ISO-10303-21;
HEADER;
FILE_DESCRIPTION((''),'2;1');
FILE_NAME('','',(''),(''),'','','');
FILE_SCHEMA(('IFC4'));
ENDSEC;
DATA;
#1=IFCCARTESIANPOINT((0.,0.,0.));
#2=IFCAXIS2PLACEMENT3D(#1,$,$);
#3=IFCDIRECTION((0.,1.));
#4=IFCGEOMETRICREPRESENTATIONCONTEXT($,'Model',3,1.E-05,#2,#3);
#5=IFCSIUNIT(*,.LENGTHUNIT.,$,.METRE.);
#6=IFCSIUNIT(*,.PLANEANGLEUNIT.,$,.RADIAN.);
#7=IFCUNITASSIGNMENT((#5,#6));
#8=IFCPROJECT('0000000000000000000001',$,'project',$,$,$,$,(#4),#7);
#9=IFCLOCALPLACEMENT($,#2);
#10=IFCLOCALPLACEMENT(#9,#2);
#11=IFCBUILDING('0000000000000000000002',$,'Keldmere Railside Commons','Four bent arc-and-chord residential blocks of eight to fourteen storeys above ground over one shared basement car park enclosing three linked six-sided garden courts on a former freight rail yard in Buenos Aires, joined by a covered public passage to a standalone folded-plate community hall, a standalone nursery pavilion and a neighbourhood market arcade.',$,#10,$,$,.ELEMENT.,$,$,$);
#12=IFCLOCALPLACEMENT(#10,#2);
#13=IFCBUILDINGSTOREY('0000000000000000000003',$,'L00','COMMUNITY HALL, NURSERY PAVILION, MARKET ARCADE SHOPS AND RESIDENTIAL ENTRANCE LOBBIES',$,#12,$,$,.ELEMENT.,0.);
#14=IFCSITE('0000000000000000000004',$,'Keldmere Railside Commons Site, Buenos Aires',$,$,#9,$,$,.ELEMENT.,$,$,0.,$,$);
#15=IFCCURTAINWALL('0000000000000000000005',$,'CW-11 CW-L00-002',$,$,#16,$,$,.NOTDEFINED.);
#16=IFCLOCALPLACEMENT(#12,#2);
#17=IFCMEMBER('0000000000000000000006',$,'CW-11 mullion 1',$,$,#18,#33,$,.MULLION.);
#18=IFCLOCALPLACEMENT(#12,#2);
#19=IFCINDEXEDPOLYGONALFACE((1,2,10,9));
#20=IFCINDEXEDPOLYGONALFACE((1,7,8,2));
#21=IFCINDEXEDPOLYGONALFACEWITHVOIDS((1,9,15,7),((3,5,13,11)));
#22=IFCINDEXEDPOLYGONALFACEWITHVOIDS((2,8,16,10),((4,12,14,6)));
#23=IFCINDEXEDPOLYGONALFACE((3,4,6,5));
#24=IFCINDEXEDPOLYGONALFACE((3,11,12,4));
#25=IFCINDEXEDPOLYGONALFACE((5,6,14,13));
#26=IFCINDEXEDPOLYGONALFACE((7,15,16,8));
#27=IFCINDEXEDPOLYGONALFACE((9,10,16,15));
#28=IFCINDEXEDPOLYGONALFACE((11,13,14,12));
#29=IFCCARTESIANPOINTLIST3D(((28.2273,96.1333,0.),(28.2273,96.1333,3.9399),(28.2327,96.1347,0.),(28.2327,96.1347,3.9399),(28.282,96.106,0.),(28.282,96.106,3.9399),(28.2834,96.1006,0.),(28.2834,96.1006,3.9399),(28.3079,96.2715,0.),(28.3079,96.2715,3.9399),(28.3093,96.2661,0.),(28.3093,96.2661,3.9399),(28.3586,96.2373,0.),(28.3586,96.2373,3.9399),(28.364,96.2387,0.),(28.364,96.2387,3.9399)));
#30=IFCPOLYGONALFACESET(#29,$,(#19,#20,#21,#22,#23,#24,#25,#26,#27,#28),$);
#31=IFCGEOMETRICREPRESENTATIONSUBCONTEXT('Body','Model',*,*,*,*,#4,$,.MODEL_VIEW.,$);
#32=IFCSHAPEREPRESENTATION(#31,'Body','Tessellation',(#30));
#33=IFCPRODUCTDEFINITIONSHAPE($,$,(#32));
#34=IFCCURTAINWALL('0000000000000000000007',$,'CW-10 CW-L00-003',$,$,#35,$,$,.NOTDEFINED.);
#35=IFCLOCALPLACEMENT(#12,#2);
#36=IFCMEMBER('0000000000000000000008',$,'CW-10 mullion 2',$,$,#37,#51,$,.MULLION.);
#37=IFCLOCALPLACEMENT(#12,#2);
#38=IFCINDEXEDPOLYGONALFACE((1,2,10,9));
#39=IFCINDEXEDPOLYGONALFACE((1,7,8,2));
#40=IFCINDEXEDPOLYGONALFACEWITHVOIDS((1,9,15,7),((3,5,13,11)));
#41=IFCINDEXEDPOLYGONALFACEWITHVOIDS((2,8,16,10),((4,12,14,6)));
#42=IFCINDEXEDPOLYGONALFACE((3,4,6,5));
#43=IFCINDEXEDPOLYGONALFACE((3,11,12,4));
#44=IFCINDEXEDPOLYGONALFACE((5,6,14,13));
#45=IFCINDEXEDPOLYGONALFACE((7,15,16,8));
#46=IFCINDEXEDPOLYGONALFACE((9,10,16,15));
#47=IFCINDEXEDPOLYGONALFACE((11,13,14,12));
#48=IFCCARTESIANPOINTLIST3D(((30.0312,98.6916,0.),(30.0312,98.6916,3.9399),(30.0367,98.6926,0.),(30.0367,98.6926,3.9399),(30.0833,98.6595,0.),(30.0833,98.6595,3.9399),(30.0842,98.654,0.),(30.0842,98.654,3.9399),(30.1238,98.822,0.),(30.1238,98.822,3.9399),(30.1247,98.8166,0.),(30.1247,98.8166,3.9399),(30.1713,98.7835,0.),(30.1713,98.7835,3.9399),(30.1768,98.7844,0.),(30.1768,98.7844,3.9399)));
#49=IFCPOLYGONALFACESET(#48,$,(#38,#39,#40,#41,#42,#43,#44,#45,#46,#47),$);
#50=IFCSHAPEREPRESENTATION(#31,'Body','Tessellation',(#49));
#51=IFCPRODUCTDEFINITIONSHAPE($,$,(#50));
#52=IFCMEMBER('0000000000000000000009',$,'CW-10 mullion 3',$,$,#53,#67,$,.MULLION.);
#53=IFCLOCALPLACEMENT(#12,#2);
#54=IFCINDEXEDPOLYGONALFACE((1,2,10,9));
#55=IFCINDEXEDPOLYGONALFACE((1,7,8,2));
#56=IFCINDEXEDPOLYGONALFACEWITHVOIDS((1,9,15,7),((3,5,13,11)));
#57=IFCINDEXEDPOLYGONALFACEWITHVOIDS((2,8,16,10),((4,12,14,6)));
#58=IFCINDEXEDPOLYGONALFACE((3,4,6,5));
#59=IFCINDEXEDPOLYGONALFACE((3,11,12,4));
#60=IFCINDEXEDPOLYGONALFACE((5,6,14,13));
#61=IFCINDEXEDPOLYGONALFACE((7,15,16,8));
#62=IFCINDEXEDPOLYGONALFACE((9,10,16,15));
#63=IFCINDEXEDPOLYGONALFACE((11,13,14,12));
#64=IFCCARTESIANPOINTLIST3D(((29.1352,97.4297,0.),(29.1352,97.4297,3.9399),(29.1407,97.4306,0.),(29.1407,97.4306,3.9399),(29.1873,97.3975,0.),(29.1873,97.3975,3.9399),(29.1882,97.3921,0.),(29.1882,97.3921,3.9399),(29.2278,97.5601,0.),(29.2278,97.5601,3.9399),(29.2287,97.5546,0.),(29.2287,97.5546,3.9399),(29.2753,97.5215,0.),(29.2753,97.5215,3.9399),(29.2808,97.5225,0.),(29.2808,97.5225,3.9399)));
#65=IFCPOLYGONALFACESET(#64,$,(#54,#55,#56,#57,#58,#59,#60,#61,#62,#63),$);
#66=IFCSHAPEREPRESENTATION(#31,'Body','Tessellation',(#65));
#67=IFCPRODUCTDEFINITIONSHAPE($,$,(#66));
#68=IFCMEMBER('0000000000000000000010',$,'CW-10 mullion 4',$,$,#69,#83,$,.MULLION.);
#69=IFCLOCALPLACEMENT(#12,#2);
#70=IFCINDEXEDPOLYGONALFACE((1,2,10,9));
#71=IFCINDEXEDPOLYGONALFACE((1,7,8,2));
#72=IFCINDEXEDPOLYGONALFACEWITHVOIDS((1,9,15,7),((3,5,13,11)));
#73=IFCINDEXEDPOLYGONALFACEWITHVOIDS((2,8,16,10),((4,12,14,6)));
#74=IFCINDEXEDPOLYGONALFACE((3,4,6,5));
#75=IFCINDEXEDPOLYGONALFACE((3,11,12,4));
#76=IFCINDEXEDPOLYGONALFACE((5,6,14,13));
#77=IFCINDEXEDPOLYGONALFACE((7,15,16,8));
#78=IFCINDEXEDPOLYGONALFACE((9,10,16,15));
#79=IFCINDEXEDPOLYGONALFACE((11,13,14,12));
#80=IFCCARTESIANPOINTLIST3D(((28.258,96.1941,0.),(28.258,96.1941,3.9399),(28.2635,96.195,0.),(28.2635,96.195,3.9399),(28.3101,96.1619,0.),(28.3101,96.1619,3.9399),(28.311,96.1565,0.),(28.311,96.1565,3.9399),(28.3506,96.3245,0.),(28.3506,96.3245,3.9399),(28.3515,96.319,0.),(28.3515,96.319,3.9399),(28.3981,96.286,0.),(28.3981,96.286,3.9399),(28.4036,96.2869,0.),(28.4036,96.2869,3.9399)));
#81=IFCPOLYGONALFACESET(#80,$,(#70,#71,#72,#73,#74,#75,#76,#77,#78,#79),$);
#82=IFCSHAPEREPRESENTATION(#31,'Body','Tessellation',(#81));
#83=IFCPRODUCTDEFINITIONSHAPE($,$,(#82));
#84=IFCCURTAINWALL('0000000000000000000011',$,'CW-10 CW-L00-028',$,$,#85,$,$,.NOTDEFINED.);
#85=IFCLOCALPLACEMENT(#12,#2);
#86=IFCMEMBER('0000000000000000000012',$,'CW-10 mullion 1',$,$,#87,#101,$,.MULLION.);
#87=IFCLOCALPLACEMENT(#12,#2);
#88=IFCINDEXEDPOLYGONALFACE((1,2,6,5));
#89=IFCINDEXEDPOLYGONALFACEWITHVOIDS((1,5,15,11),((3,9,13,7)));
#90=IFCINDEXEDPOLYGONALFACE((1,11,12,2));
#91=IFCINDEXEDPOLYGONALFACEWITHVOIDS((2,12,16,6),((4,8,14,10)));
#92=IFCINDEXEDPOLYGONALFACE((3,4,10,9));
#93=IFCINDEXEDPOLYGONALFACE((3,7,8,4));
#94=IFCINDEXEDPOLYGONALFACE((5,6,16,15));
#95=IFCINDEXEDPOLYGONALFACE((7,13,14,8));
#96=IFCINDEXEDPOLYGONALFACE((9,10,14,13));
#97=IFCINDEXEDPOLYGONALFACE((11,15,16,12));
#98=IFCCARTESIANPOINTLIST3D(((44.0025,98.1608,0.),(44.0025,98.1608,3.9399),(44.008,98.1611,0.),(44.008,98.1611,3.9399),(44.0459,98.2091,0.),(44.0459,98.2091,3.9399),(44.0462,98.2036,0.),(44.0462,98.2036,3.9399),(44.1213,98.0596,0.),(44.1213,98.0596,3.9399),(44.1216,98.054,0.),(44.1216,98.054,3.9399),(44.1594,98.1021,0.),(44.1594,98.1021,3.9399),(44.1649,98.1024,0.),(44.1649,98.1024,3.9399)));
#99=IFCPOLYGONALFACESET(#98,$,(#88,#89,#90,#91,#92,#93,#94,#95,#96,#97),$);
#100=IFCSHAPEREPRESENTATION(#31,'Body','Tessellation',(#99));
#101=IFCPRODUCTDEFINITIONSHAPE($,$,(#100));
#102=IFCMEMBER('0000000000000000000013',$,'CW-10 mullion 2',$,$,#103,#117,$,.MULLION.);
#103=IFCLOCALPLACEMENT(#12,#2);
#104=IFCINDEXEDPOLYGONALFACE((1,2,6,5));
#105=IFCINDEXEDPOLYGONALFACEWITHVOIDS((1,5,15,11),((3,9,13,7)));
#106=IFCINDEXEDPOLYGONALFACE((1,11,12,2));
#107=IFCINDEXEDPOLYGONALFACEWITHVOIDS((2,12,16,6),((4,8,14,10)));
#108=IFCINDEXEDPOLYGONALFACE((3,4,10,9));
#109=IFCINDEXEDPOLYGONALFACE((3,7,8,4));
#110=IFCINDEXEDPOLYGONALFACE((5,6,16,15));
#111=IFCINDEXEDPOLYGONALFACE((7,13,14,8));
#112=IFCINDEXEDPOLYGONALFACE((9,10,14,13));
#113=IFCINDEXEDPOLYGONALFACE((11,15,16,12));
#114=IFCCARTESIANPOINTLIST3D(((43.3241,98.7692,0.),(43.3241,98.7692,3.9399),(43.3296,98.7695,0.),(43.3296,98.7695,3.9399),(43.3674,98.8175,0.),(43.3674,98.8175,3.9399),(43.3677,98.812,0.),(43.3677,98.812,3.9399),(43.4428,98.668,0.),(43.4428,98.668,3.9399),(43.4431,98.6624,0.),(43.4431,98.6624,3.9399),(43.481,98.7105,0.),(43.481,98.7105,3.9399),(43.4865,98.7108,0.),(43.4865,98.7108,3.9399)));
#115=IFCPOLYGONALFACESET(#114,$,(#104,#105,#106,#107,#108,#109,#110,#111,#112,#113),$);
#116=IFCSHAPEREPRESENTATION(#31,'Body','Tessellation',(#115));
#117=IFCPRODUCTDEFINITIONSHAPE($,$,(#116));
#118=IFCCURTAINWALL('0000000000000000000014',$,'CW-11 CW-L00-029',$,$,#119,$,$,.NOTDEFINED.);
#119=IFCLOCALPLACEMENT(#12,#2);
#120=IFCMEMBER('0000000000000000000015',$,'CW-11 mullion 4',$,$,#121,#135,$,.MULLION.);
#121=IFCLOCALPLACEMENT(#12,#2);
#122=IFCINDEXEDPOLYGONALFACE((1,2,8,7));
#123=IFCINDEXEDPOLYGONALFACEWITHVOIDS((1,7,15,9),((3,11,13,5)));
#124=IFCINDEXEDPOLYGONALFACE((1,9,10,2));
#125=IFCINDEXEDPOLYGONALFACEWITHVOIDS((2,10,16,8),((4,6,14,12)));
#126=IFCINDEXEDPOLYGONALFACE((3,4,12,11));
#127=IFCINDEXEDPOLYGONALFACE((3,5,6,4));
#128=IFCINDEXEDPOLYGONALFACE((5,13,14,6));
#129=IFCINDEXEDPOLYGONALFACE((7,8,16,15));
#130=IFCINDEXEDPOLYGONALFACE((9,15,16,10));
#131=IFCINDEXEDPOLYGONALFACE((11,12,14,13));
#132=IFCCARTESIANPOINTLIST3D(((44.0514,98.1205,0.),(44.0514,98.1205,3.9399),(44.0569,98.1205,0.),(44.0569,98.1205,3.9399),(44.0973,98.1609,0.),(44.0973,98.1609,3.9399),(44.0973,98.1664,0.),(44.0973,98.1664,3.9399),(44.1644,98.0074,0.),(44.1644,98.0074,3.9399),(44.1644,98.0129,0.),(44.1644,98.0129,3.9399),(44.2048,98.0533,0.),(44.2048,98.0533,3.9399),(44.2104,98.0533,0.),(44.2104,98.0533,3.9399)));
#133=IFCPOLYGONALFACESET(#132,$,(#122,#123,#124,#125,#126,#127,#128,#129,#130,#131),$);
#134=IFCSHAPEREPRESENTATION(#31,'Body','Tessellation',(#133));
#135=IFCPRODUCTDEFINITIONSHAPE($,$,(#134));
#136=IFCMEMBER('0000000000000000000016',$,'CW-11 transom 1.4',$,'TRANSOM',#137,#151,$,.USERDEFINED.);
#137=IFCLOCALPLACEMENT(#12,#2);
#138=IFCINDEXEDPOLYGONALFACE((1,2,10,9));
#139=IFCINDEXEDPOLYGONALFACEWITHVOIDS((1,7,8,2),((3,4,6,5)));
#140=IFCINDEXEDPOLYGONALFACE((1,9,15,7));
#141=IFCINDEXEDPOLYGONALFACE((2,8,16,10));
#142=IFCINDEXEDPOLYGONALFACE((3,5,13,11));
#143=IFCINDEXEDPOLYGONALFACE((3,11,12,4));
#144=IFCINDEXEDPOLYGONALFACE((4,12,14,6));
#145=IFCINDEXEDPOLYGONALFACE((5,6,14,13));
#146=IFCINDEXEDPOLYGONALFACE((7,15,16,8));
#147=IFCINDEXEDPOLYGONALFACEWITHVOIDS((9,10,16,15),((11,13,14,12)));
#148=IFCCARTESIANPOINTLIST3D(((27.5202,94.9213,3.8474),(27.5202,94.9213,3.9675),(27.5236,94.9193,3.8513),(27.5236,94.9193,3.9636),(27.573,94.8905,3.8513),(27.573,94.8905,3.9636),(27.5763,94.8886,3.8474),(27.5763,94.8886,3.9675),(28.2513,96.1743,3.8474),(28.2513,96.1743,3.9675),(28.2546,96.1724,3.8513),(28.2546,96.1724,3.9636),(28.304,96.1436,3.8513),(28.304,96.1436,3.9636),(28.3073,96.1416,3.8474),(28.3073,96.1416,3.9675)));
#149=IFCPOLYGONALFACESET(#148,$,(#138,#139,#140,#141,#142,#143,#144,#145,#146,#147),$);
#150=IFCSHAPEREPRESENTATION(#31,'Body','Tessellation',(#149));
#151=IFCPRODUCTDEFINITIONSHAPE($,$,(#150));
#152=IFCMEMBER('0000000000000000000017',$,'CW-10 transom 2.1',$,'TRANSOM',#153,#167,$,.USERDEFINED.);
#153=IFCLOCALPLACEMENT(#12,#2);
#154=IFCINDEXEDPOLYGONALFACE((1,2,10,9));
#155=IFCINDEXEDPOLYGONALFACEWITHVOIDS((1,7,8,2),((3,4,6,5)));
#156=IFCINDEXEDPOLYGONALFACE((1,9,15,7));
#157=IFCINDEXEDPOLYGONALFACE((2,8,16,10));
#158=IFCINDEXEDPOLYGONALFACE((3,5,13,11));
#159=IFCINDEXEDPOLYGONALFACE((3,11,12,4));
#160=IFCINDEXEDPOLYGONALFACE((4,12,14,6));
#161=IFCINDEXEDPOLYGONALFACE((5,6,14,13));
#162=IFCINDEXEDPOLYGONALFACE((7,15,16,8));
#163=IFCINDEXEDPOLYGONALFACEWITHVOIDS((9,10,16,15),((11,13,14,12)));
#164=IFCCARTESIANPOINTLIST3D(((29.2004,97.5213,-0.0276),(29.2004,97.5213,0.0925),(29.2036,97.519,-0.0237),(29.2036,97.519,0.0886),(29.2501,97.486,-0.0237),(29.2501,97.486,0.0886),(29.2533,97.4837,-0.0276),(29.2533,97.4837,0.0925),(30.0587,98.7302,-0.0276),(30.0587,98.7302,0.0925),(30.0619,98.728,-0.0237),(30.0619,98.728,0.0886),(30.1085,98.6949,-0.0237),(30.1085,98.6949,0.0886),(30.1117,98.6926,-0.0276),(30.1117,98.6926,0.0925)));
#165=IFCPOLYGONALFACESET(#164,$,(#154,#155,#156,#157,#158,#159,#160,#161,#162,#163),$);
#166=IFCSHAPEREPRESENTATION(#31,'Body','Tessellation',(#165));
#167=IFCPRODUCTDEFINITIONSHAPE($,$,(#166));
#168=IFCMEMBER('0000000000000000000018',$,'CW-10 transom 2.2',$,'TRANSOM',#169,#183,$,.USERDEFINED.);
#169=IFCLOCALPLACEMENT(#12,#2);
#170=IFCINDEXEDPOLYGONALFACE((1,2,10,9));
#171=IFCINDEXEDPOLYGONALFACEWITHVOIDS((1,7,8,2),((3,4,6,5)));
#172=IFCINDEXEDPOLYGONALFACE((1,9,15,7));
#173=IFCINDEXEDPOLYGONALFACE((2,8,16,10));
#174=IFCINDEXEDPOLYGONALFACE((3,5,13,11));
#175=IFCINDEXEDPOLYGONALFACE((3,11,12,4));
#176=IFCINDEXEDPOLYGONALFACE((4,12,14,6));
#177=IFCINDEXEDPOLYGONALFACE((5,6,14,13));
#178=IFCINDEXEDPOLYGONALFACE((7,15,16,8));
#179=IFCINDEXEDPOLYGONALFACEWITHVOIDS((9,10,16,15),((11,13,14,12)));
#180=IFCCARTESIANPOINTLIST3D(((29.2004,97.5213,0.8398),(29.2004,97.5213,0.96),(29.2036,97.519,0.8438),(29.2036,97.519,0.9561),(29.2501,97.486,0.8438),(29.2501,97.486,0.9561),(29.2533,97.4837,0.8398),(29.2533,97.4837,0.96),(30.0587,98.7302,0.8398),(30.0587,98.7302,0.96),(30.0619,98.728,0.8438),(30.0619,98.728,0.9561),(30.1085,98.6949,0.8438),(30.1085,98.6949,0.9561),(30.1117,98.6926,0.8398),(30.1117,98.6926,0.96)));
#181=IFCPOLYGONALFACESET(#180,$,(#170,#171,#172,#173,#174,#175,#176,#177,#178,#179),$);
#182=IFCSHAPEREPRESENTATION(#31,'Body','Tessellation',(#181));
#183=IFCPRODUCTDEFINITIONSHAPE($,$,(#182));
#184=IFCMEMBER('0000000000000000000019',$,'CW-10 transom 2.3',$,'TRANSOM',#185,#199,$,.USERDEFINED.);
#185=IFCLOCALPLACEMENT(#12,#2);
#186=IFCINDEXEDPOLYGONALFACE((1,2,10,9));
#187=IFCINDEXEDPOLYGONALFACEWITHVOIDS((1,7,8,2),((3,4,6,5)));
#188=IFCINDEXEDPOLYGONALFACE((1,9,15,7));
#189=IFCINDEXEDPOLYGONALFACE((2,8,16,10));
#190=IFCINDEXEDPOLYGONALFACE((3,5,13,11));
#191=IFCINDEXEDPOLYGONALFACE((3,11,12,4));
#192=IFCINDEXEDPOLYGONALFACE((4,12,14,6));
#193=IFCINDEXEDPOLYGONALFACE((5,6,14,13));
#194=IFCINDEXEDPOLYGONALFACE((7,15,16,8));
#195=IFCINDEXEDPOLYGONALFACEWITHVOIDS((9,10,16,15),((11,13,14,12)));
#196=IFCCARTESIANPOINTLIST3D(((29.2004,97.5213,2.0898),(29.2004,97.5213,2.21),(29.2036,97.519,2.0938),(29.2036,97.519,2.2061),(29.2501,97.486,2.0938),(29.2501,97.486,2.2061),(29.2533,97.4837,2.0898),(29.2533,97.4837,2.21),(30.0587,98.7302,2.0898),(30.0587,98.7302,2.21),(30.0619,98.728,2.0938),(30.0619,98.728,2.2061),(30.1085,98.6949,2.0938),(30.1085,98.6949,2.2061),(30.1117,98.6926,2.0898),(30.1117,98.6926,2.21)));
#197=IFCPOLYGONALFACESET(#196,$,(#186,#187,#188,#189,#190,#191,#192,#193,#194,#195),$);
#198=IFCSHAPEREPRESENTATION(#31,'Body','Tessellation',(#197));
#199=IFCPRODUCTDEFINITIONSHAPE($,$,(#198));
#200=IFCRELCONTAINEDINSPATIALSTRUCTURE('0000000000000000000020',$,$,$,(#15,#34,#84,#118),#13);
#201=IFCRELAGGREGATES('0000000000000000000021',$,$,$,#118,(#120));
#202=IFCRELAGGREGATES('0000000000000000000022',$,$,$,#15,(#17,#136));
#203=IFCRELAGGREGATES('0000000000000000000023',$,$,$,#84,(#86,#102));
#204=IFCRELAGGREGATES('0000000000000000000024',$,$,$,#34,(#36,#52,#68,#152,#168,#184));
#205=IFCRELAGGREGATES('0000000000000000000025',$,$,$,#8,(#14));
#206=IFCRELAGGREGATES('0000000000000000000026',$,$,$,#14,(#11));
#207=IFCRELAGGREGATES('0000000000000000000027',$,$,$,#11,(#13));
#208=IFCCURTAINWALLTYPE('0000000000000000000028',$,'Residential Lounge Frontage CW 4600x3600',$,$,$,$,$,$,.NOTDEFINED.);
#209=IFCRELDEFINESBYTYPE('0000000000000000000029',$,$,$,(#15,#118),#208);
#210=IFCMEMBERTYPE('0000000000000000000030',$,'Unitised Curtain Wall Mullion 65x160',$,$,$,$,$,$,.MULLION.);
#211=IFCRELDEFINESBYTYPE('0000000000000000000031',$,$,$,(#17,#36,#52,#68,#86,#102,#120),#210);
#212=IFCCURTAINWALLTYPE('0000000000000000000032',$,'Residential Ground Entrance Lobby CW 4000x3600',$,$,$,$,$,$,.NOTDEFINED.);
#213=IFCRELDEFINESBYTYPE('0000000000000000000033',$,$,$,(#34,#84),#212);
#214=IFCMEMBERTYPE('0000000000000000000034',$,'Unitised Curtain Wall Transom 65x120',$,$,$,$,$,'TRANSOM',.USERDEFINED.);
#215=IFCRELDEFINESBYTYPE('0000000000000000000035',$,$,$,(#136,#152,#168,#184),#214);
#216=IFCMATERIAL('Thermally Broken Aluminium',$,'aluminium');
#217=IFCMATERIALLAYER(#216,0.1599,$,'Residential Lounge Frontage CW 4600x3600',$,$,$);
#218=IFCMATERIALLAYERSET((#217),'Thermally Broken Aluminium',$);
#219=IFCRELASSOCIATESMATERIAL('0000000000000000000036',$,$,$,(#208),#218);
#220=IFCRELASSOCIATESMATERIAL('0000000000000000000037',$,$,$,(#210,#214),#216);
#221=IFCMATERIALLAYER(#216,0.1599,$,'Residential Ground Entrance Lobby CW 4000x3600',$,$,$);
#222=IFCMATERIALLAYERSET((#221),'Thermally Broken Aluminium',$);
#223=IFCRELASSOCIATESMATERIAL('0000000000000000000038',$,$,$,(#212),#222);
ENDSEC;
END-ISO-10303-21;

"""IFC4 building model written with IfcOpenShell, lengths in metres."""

from ifc_helpers import new_model, si_unit, direction, frame, origin, origin_2d, place, context, subcontext, project, spatial, hollow_rectangle, extrude, material, layer, layer_set, material_profile, profile_set, type_object, element, aggregate, save


model = new_model("IFC4")

# Units and contexts
model_context = context("Model", 3, precision=1e-05, world=origin(), true_north=direction((0.0, 1.0)))
body_context = subcontext(model_context, "Body", "Model", "MODEL_VIEW")
ifc_project = project(units=[si_unit("LENGTHUNIT", "METRE"), si_unit("PLANEANGLEUNIT", "RADIAN")], contexts=[model_context])

# Site, building, storey
site_placement = place(None, origin())
site = spatial("IfcSite", under=ifc_project, at=site_placement, Name="Keldmere Railside Commons Site, Buenos Aires", CompositionType="ELEMENT", RefElevation=0.0)
building_placement = place(site_placement, origin())
building = spatial("IfcBuilding", under=site, at=building_placement, Name="Keldmere Railside Commons", Description="Four bent arc-and-chord residential blocks of eight to fourteen storeys above ground over one shared basement car park enclosing three linked six-sided garden courts on a former freight rail yard in Buenos Aires, joined by a covered public passage to a standalone folded-plate community hall, a standalone nursery pavilion and a neighbourhood market arcade.", CompositionType="ELEMENT")
storey_placement = place(building_placement, origin())
storey = spatial("IfcBuildingStorey", under=building, at=storey_placement, Name="L00", Description="COMMUNITY HALL, NURSERY PAVILION, MARKET ARCADE SHOPS AND RESIDENTIAL ENTRANCE LOBBIES", CompositionType="ELEMENT", Elevation=0.0)

# Curtain wall, member
ifc_material_1 = material(Name="Thermally Broken Aluminium", Category="aluminium")
ifc_layer_1 = layer(ifc_material_1, 0.1599, Name="Residential Lounge Frontage CW 4600x3600")
ifc_layer_set_1 = layer_set([ifc_layer_1], Name="Thermally Broken Aluminium")
curtain_wall_type_1 = type_object("IfcCurtainWallType", Name="Residential Lounge Frontage CW 4600x3600", PredefinedType="NOTDEFINED", material=ifc_layer_set_1)
curtain_wall_1_placement = place(storey_placement, origin())
curtain_wall_1 = element("IfcCurtainWall", 1, at=curtain_wall_1_placement, inside=storey, type_object=curtain_wall_type_1, Name="CW-11 CW-L00-002", PredefinedType="NOTDEFINED")
ifc_material_profile_1 = material_profile(ifc_material_1, hollow_rectangle(XDim=0.0649, YDim=0.1599, WallThickness=0.0039, at=origin_2d()), Name="ALU-MULL-65x160")
ifc_profile_set_1 = profile_set([ifc_material_profile_1], Name="Thermally Broken Aluminium")
member_type_1 = type_object("IfcMemberType", Name="Unitised Curtain Wall Mullion 65x160", PredefinedType="MULLION", material=ifc_profile_set_1)
member_1_placement = place(storey_placement, frame((28.2957, 96.186, 0.0), z_axis=(0.0, 0.0, 1.0), x_axis=(0.863755, -0.503911, 0.0)))
member_1 = element("IfcMember", 2, at=member_1_placement, type_object=member_type_1, Name="CW-11 mullion 1", PredefinedType="MULLION", context=body_context, shape_type="SweptSolid", body=[
    extrude(hollow_rectangle(XDim=0.0649, YDim=0.1599, WallThickness=0.0039, at=origin_2d()), origin(), (0.0, 0.0, 1.0), 3.9399),
])

# Curtain walls, members
ifc_layer_2 = layer(ifc_material_1, 0.1599, Name="Residential Ground Entrance Lobby CW 4000x3600")
ifc_layer_set_2 = layer_set([ifc_layer_2], Name="Thermally Broken Aluminium")
curtain_wall_type_2 = type_object("IfcCurtainWallType", Name="Residential Ground Entrance Lobby CW 4000x3600", PredefinedType="NOTDEFINED", material=ifc_layer_set_2)
curtain_wall_2_placement = place(storey_placement, origin())
curtain_wall_2 = element("IfcCurtainWall", 3, at=curtain_wall_2_placement, inside=storey, type_object=curtain_wall_type_2, Name="CW-10 CW-L00-003", PredefinedType="NOTDEFINED")
member_2_placement = place(storey_placement, frame((30.104, 98.738, 0.0), z_axis=(0.0, 0.0, 1.0), x_axis=(0.815389, -0.578913, 0.0)))
member_2 = element("IfcMember", 4, at=member_2_placement, type_object=member_type_1, Name="CW-10 mullion 2", PredefinedType="MULLION", context=body_context, shape_type="SweptSolid", body=[
    extrude(hollow_rectangle(XDim=0.0649, YDim=0.1599, WallThickness=0.0039, at=origin_2d()), origin(), (0.0, 0.0, 1.0), 3.9399),
])
member_3_placement = place(storey_placement, frame((29.208, 97.4761, 0.0), z_axis=(0.0, 0.0, 1.0), x_axis=(0.815389, -0.578913, 0.0)))
member_3 = element("IfcMember", 5, at=member_3_placement, type_object=member_type_1, Name="CW-10 mullion 3", PredefinedType="MULLION", context=body_context, shape_type="SweptSolid", body=[
    extrude(hollow_rectangle(XDim=0.0649, YDim=0.1599, WallThickness=0.0039, at=origin_2d()), origin(), (0.0, 0.0, 1.0), 3.9399),
])
member_4_placement = place(storey_placement, frame((28.3308, 96.2405, 0.0), z_axis=(0.0, 0.0, 1.0), x_axis=(0.815389, -0.578913, 0.0)))
member_4 = element("IfcMember", 6, at=member_4_placement, type_object=member_type_1, Name="CW-10 mullion 4", PredefinedType="MULLION", context=body_context, shape_type="SweptSolid", body=[
    extrude(hollow_rectangle(XDim=0.0649, YDim=0.1599, WallThickness=0.0039, at=origin_2d()), origin(), (0.0, 0.0, 1.0), 3.9399),
])
curtain_wall_3_placement = place(storey_placement, origin())
curtain_wall_3 = element("IfcCurtainWall", 7, at=curtain_wall_3_placement, inside=storey, type_object=curtain_wall_type_2, Name="CW-10 CW-L00-028", PredefinedType="NOTDEFINED")
member_5_placement = place(storey_placement, frame((44.0837, 98.1316, 0.0), z_axis=(0.0, 0.0, 1.0), x_axis=(-0.667559, -0.744557, 0.0)))
member_5 = element("IfcMember", 8, at=member_5_placement, type_object=member_type_1, Name="CW-10 mullion 1", PredefinedType="MULLION", context=body_context, shape_type="SweptSolid", body=[
    extrude(hollow_rectangle(XDim=0.0649, YDim=0.1599, WallThickness=0.0039, at=origin_2d()), origin(), (0.0, 0.0, 1.0), 3.9399),
])
member_6_placement = place(storey_placement, frame((43.4053, 98.74, 0.0), z_axis=(0.0, 0.0, 1.0), x_axis=(-0.667559, -0.744557, 0.0)))
member_6 = element("IfcMember", 9, at=member_6_placement, type_object=member_type_1, Name="CW-10 mullion 2", PredefinedType="MULLION", context=body_context, shape_type="SweptSolid", body=[
    extrude(hollow_rectangle(XDim=0.0649, YDim=0.1599, WallThickness=0.0039, at=origin_2d()), origin(), (0.0, 0.0, 1.0), 3.9399),
])

# Curtain wall, member
curtain_wall_4_placement = place(storey_placement, origin())
curtain_wall_4 = element("IfcCurtainWall", 10, at=curtain_wall_4_placement, inside=storey, type_object=curtain_wall_type_1, Name="CW-11 CW-L00-029", PredefinedType="NOTDEFINED")
member_7_placement = place(storey_placement, frame((44.1309, 98.0869, 0.0), z_axis=(0.0, 0.0, 1.0), x_axis=(-0.707107, -0.707107, 0.0)))
member_7 = element("IfcMember", 11, at=member_7_placement, type_object=member_type_1, Name="CW-11 mullion 4", PredefinedType="MULLION", context=body_context, shape_type="SweptSolid", body=[
    extrude(hollow_rectangle(XDim=0.0649, YDim=0.1599, WallThickness=0.0039, at=origin_2d()), origin(), (0.0, 0.0, 1.0), 3.9399),
])
aggregate(curtain_wall_4, [member_7])

# Members
ifc_material_profile_2 = material_profile(ifc_material_1, hollow_rectangle(XDim=0.0649, YDim=0.1201, WallThickness=0.0039, at=origin_2d()), Name="ALU-TRAN-65x120")
ifc_profile_set_2 = profile_set([ifc_material_profile_2], Name="Thermally Broken Aluminium")
member_type_2 = type_object("IfcMemberType", Name="Unitised Curtain Wall Transom 65x120", ElementType="TRANSOM", PredefinedType="USERDEFINED", material=ifc_profile_set_2)
member_8_placement = place(storey_placement, frame((28.2793, 96.158, 3.9075), z_axis=(-0.503913, -0.863754, 0.0), x_axis=(0.863754, -0.503913, 0.0)))
member_8 = element("IfcMember", 12, at=member_8_placement, type_object=member_type_2, Name="CW-11 transom 1.4", ObjectType="TRANSOM", PredefinedType="USERDEFINED", context=body_context, shape_type="SweptSolid", body=[
    extrude(hollow_rectangle(XDim=0.0649, YDim=0.1201, WallThickness=0.0039, at=origin_2d()), origin(), (0.0, 0.0, 1.0), 1.4507),
])
aggregate(curtain_wall_1, [member_1, member_8])
member_9_placement = place(storey_placement, frame((30.0852, 98.7114, 0.0325), z_axis=(-0.578931, -0.815377, 0.0), x_axis=(0.815377, -0.578931, 0.0)))
member_9 = element("IfcMember", 13, at=member_9_placement, type_object=member_type_2, Name="CW-10 transom 2.1", ObjectType="TRANSOM", PredefinedType="USERDEFINED", context=body_context, shape_type="SweptSolid", body=[
    extrude(hollow_rectangle(XDim=0.0649, YDim=0.1201, WallThickness=0.0039, at=origin_2d()), origin(), (0.0, 0.0, 1.0), 1.4827),
])
member_10_placement = place(storey_placement, frame((30.0852, 98.7114, 0.8999), z_axis=(-0.578931, -0.815377, 0.0), x_axis=(0.815377, -0.578931, 0.0)))
member_10 = element("IfcMember", 14, at=member_10_placement, type_object=member_type_2, Name="CW-10 transom 2.2", ObjectType="TRANSOM", PredefinedType="USERDEFINED", context=body_context, shape_type="SweptSolid", body=[
    extrude(hollow_rectangle(XDim=0.0649, YDim=0.1201, WallThickness=0.0039, at=origin_2d()), origin(), (0.0, 0.0, 1.0), 1.4827),
])
member_11_placement = place(storey_placement, frame((30.0852, 98.7114, 2.1499), z_axis=(-0.578931, -0.815377, 0.0), x_axis=(0.815377, -0.578931, 0.0)))
member_11 = element("IfcMember", 15, at=member_11_placement, type_object=member_type_2, Name="CW-10 transom 2.3", ObjectType="TRANSOM", PredefinedType="USERDEFINED", context=body_context, shape_type="SweptSolid", body=[
    extrude(hollow_rectangle(XDim=0.0649, YDim=0.1201, WallThickness=0.0039, at=origin_2d()), origin(), (0.0, 0.0, 1.0), 1.4827),
])

aggregate(curtain_wall_3, [member_5, member_6])
aggregate(curtain_wall_2, [member_2, member_3, member_4, member_9, member_10, member_11])

save(model, "model.ifc")
